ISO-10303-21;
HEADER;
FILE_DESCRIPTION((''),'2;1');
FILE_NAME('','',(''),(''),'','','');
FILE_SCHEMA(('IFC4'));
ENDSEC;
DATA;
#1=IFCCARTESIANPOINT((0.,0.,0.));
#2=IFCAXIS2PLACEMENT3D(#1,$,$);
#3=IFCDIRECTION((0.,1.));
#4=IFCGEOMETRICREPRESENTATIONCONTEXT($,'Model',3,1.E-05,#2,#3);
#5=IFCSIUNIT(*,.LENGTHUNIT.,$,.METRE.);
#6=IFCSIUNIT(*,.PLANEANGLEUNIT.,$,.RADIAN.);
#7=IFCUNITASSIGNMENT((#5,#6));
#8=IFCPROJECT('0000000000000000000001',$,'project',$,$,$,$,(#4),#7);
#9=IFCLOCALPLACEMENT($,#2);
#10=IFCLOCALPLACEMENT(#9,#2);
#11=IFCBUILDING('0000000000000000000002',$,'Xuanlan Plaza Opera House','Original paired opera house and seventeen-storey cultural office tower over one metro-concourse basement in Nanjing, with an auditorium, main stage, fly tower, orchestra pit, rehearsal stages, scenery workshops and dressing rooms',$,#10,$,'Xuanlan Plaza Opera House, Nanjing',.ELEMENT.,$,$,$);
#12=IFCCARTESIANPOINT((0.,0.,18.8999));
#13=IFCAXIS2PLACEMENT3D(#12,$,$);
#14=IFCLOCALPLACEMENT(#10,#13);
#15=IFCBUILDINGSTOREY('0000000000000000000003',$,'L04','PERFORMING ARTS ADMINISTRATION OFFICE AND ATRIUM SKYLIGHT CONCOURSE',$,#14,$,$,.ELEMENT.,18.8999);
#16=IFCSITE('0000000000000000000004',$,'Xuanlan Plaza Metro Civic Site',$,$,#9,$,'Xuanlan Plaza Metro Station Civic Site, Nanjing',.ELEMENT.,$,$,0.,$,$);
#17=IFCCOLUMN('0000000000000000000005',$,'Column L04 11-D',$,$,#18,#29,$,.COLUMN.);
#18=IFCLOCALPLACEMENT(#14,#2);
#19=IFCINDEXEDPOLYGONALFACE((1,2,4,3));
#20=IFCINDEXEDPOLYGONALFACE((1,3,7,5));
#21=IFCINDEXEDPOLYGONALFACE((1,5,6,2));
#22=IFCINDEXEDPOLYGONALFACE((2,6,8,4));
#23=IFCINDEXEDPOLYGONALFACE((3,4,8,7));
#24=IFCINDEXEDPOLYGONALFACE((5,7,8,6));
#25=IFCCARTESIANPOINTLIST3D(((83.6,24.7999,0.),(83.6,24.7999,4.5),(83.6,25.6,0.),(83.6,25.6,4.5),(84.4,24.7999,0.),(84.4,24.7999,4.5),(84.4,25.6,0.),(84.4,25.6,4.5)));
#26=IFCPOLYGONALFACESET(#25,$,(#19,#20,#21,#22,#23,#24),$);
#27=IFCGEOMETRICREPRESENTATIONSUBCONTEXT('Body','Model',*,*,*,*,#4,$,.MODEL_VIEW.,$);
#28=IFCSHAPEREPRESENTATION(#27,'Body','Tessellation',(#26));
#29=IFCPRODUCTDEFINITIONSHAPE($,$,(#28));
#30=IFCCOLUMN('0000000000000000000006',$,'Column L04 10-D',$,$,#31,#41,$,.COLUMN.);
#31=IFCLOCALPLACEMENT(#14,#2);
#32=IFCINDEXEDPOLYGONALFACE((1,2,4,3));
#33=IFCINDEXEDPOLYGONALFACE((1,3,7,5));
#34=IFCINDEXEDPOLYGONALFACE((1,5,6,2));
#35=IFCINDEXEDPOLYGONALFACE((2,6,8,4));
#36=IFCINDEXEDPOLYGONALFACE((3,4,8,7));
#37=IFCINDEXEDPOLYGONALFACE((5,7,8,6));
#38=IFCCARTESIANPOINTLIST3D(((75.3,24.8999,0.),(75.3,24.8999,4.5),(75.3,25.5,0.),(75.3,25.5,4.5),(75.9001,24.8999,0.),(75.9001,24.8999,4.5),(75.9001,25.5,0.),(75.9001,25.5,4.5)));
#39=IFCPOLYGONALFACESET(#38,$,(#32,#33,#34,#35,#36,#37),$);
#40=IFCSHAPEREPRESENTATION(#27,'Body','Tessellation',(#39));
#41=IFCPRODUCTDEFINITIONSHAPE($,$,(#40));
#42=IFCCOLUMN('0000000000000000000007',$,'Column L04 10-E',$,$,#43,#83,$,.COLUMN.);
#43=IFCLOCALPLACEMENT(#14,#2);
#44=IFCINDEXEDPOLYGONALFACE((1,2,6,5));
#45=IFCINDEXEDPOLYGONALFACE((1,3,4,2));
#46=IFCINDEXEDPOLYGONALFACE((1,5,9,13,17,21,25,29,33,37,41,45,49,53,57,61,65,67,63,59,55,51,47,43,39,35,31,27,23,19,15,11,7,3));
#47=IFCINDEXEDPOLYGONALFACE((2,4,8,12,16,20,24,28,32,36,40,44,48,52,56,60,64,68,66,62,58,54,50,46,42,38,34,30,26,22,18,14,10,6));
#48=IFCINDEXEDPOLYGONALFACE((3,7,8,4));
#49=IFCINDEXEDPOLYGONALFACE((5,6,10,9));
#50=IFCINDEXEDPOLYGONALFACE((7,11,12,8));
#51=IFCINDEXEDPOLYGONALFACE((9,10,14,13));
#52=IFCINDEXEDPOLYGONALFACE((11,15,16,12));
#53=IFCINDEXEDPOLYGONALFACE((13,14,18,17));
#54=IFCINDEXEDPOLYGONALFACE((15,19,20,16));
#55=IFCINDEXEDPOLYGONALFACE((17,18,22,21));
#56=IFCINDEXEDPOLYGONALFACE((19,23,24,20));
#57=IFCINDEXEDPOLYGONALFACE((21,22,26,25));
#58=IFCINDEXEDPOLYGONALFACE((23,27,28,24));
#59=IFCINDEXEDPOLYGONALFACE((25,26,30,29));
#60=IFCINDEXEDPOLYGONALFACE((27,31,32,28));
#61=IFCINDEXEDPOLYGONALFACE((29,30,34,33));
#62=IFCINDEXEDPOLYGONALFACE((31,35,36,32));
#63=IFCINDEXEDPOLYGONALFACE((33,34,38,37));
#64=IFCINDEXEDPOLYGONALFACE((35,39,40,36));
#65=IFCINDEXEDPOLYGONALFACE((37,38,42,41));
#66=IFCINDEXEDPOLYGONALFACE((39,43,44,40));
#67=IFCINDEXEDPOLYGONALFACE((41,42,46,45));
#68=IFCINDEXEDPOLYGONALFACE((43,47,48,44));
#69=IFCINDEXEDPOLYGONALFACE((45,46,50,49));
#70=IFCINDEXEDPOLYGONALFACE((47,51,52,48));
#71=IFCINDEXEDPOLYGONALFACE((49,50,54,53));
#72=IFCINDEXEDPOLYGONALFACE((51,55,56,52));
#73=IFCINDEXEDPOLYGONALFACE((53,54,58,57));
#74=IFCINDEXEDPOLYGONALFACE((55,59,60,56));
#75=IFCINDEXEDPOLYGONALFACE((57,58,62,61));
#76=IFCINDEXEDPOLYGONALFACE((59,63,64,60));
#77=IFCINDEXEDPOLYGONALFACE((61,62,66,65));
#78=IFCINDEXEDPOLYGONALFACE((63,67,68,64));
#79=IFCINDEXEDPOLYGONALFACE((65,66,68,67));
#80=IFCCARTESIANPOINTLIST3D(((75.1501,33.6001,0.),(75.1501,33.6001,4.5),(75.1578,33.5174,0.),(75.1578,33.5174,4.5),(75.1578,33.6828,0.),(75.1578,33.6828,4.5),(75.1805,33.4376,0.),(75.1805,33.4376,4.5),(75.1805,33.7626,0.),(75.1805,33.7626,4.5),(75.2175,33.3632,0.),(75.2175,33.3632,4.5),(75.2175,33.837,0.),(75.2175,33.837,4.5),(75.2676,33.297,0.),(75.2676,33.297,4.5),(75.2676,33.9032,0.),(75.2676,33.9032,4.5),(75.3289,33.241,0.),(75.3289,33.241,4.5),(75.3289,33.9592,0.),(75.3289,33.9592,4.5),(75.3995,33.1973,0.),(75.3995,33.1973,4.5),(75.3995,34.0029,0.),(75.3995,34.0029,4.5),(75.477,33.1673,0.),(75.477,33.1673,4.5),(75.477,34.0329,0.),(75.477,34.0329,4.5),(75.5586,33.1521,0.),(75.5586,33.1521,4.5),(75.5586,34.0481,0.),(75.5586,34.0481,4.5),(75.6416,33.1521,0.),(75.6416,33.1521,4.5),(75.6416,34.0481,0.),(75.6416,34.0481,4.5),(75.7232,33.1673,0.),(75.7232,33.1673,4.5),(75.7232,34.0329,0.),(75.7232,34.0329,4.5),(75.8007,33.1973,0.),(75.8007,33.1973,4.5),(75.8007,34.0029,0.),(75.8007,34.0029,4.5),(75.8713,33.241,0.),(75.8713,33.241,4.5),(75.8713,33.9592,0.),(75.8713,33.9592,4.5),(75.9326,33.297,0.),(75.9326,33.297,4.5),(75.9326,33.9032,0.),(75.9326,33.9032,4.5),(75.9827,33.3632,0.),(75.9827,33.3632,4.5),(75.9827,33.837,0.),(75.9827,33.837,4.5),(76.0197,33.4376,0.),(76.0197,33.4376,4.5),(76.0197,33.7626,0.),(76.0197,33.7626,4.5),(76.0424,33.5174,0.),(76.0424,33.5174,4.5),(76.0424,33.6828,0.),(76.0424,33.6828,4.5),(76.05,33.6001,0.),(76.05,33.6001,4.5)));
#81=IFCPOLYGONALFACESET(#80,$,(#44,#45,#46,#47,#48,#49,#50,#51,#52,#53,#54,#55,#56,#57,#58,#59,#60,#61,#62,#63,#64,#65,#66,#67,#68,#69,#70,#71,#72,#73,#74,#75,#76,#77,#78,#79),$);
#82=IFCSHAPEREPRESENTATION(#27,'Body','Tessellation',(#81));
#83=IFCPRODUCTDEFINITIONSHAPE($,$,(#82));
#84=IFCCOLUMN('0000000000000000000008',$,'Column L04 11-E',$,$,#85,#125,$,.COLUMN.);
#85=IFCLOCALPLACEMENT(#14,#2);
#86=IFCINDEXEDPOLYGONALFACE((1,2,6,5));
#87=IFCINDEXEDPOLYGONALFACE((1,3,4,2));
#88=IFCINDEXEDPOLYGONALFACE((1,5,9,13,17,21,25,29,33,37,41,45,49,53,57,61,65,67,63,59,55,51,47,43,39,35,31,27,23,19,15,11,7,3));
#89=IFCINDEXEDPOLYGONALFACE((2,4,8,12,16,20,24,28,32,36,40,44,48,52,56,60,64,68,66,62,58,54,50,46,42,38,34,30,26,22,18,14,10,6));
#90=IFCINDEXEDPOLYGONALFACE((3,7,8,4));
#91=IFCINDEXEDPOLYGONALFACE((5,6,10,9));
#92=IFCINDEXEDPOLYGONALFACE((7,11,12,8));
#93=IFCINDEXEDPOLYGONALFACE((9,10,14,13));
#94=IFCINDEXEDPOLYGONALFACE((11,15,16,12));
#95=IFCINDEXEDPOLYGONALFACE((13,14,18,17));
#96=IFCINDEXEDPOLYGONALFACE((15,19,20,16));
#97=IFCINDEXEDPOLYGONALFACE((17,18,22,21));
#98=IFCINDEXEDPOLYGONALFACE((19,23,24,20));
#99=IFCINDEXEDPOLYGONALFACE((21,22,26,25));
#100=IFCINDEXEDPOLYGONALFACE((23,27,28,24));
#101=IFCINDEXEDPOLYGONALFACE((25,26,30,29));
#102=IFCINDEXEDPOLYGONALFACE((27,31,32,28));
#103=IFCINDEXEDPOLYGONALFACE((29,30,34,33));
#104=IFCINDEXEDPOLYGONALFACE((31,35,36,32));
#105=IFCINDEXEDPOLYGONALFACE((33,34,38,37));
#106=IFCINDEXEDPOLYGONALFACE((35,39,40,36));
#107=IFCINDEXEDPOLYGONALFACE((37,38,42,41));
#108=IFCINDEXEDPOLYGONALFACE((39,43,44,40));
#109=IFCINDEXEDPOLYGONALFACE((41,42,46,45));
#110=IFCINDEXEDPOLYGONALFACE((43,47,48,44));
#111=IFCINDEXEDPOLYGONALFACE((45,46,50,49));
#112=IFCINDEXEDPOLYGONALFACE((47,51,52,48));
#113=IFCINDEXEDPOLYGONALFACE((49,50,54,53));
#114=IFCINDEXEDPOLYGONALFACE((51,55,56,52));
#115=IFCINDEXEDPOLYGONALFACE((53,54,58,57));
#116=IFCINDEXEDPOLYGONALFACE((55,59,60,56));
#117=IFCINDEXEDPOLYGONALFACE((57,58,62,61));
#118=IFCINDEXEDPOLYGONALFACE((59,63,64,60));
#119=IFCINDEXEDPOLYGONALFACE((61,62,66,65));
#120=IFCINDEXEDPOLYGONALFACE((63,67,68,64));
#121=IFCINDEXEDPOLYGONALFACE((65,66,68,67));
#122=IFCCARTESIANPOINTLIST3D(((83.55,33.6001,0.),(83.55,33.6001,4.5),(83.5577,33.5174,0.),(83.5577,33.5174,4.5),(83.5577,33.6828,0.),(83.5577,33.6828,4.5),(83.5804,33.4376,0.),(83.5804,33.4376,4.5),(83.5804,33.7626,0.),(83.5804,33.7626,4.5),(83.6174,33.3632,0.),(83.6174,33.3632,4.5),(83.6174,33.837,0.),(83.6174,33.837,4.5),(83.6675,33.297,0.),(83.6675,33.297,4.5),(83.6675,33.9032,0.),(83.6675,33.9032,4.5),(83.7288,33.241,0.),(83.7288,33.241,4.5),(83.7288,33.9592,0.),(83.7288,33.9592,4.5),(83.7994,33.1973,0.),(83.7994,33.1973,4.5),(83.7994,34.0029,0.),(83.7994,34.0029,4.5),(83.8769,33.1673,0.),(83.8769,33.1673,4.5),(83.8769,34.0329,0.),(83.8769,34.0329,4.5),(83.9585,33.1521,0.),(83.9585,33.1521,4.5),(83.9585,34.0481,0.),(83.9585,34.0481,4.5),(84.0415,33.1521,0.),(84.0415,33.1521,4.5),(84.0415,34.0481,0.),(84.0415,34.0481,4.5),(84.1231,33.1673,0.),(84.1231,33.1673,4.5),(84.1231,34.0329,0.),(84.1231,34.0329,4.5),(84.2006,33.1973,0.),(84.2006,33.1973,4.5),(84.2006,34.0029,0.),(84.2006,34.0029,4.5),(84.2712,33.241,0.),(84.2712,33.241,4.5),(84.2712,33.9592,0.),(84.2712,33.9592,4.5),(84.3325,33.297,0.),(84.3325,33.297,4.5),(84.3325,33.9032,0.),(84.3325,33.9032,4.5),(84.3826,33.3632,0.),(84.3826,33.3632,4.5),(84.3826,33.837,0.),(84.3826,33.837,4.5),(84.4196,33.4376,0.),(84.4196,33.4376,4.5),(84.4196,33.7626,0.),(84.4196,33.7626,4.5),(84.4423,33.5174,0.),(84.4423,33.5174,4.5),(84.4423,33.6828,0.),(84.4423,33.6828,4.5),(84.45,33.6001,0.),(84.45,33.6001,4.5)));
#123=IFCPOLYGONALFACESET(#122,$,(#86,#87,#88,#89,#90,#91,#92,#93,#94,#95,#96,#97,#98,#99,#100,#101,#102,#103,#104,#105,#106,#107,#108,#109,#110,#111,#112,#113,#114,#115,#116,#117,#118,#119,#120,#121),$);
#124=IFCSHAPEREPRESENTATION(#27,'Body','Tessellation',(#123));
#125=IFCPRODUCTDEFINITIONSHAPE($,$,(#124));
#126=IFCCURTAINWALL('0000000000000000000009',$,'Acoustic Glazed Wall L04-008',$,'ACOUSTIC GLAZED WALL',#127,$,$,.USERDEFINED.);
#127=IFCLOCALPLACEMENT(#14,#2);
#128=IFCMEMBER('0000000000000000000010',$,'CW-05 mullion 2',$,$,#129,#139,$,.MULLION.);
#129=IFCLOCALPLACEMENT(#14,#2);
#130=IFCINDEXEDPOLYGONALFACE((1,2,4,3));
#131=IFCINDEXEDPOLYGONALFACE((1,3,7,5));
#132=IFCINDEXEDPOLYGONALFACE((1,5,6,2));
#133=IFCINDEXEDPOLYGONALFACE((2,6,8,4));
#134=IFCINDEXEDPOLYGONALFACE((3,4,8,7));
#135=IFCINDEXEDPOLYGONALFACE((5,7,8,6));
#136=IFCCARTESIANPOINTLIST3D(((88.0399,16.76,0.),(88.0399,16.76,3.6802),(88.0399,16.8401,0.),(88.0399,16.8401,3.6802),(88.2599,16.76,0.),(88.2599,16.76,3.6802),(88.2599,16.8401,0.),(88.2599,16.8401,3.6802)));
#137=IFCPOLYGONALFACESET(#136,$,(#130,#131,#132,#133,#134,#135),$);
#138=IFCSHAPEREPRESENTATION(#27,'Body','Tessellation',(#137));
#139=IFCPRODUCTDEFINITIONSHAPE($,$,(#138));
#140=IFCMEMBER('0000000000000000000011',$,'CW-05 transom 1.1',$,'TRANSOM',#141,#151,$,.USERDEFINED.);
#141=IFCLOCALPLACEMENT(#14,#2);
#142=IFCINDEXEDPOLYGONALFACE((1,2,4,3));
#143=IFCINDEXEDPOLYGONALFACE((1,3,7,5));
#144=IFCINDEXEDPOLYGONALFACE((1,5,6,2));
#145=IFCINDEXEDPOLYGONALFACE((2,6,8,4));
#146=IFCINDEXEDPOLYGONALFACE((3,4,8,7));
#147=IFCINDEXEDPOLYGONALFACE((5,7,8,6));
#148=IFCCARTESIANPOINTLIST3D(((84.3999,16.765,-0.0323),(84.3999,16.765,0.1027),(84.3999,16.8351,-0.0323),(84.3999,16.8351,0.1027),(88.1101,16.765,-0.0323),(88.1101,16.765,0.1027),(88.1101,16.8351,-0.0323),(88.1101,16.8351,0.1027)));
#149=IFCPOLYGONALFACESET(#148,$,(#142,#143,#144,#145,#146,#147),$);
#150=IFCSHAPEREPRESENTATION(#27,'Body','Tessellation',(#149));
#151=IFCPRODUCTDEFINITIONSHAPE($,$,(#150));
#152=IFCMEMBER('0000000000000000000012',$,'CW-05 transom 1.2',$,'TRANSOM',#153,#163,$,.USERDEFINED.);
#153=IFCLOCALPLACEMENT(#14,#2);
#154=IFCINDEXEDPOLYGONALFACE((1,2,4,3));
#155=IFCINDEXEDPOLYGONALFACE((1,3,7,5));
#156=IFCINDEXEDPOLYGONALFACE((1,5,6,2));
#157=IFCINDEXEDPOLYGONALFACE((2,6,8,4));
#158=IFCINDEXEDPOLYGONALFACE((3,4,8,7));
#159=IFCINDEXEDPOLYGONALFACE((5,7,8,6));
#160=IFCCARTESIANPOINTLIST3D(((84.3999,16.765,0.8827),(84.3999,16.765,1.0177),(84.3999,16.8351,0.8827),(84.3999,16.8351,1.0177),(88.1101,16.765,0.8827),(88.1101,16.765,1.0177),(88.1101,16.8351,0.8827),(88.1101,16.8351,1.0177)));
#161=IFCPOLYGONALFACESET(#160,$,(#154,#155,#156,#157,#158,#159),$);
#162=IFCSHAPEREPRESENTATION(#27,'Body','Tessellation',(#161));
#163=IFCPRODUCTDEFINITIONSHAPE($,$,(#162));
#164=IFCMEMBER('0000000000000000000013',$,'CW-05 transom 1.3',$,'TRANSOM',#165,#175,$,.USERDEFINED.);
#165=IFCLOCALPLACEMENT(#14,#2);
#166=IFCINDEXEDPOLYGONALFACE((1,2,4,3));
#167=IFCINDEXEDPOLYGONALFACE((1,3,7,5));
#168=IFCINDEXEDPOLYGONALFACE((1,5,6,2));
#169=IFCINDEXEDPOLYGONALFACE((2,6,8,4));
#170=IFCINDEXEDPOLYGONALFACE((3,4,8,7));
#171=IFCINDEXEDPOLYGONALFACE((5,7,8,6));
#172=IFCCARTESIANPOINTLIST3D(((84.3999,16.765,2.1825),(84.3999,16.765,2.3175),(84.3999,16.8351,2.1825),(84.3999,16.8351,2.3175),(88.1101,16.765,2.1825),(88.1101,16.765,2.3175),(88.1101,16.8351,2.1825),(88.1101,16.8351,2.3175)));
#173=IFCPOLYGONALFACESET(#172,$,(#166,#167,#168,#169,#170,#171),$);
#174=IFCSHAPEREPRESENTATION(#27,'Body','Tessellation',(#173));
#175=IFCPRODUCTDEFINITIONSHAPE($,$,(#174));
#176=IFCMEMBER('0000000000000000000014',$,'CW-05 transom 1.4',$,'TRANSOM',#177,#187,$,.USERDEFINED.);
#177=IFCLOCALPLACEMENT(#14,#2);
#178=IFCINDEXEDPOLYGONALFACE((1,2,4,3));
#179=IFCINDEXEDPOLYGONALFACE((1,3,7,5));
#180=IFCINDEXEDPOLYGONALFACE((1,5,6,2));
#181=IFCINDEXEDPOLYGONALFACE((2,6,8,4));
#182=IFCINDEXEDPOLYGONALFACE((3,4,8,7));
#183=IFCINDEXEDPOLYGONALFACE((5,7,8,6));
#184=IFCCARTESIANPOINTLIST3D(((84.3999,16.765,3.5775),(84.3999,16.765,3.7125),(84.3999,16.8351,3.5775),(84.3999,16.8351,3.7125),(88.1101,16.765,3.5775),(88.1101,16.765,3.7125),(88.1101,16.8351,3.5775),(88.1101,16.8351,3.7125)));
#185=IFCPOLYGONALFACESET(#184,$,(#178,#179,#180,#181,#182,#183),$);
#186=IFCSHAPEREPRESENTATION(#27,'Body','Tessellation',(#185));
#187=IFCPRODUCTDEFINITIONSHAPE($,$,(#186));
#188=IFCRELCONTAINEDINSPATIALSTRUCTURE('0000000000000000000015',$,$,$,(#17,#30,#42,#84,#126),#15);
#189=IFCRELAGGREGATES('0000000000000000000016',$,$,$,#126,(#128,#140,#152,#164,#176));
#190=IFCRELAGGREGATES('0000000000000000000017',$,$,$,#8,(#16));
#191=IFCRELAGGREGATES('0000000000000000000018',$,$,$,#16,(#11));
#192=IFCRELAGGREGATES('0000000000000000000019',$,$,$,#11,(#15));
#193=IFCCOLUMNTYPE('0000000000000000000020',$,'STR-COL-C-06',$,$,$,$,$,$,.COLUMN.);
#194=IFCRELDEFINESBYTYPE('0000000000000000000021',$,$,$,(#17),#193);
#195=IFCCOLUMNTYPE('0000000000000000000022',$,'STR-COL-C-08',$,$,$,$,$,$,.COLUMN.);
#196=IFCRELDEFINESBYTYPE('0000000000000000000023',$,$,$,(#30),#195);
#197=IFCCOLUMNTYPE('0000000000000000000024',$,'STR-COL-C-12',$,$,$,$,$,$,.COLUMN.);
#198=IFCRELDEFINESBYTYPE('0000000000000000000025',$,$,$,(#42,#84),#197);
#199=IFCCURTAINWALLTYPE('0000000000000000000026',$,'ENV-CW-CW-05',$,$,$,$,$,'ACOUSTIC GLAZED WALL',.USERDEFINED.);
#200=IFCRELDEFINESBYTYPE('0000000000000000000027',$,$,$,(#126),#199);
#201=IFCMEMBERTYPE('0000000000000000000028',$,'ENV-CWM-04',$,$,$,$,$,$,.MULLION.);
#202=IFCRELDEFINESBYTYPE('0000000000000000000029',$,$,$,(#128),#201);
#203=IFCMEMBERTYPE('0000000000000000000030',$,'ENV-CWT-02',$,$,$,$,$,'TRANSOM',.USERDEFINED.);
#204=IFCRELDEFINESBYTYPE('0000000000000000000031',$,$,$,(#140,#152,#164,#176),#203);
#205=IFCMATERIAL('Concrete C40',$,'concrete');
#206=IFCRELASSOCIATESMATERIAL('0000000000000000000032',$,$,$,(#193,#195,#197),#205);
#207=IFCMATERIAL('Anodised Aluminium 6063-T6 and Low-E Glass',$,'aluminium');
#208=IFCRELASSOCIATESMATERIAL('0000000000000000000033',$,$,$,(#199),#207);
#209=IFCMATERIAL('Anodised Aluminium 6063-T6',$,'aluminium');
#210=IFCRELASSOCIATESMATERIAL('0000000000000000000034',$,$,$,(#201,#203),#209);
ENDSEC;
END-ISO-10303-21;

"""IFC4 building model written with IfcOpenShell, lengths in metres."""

from ifc_helpers import new_model, si_unit, direction, frame, origin, origin_2d, place, context, subcontext, project, spatial, rectangle, circle, extrude, material, material_profile, profile_set, type_object, element, aggregate, save


model = new_model("IFC4")

# Units and contexts
model_context = context("Model", 3, precision=1e-05, world=origin(), true_north=direction((0.0, 1.0)))
body_context = subcontext(model_context, "Body", "Model", "MODEL_VIEW")
ifc_project = project(units=[si_unit("LENGTHUNIT", "METRE"), si_unit("PLANEANGLEUNIT", "RADIAN")], contexts=[model_context])

# Site, building, storey
site_placement = place(None, origin())
site = spatial("IfcSite", under=ifc_project, at=site_placement, Name="Xuanlan Plaza Metro Civic Site", LongName="Xuanlan Plaza Metro Station Civic Site, Nanjing", CompositionType="ELEMENT", RefElevation=0.0)
building_placement = place(site_placement, origin())
building = spatial("IfcBuilding", under=site, at=building_placement, Name="Xuanlan Plaza Opera House", Description="Original paired opera house and seventeen-storey cultural office tower over one metro-concourse basement in Nanjing, with an auditorium, main stage, fly tower, orchestra pit, rehearsal stages, scenery workshops and dressing rooms", LongName="Xuanlan Plaza Opera House, Nanjing", CompositionType="ELEMENT")
storey_placement = place(building_placement, frame((0.0, 0.0, 18.8999)))
storey = spatial("IfcBuildingStorey", under=building, at=storey_placement, Name="L04", Description="PERFORMING ARTS ADMINISTRATION OFFICE AND ATRIUM SKYLIGHT CONCOURSE", CompositionType="ELEMENT", Elevation=18.8999)

# Columns
ifc_material_1 = material(Name="Concrete C40", Category="concrete")
ifc_material_profile_1 = material_profile(ifc_material_1, rectangle(XDim=0.8, YDim=0.8, at=origin_2d()), Name="RC-COL 800x800")
ifc_profile_set_1 = profile_set([ifc_material_profile_1], Name="Concrete C40")
column_type_1 = type_object("IfcColumnType", Name="STR-COL-C-06", PredefinedType="COLUMN", material=ifc_profile_set_1)
column_1_placement = place(storey_placement, frame((84.0, 25.2, 0.0), z_axis=(0.0, 0.0, 1.0), x_axis=(1.0, 0.0, 0.0)))
element("IfcColumn", 1, at=column_1_placement, inside=storey, type_object=column_type_1, Name="Column L04 11-D", PredefinedType="COLUMN", context=body_context, shape_type="SweptSolid", body=[
    extrude(rectangle(XDim=0.8, YDim=0.8, at=origin_2d()), origin(), (0.0, 0.0, 1.0), 4.5),
])
ifc_material_profile_2 = material_profile(ifc_material_1, rectangle(XDim=0.6001, YDim=0.6001, at=origin_2d()), Name="RC-COL 600x600")
ifc_profile_set_2 = profile_set([ifc_material_profile_2], Name="Concrete C40")
column_type_2 = type_object("IfcColumnType", Name="STR-COL-C-08", PredefinedType="COLUMN", material=ifc_profile_set_2)
column_2_placement = place(storey_placement, frame((75.6001, 25.2, 0.0), z_axis=(0.0, 0.0, 1.0), x_axis=(1.0, 0.0, 0.0)))
element("IfcColumn", 2, at=column_2_placement, inside=storey, type_object=column_type_2, Name="Column L04 10-D", PredefinedType="COLUMN", context=body_context, shape_type="SweptSolid", body=[
    extrude(rectangle(XDim=0.6001, YDim=0.6001, at=origin_2d()), origin(), (0.0, 0.0, 1.0), 4.5),
])
ifc_material_profile_3 = material_profile(ifc_material_1, circle(Radius=0.45, at=origin_2d()), Name="RC-COL D900")
ifc_profile_set_3 = profile_set([ifc_material_profile_3], Name="Concrete C40")
column_type_3 = type_object("IfcColumnType", Name="STR-COL-C-12", PredefinedType="COLUMN", material=ifc_profile_set_3)
for number, where, z_axis, x_axis, name in (
    (3, (75.6001, 33.6001, 0.0), (0.0, 0.0, 1.0), (1.0, 0.0, 0.0), "Column L04 10-E"),
    (4, (84.0, 33.6001, 0.0), (0.0, 0.0, 1.0), (1.0, 0.0, 0.0), "Column L04 11-E"),
):
    element("IfcColumn", number, at=place(storey_placement, frame(where, z_axis=z_axis, x_axis=x_axis)), inside=storey, type_object=column_type_3, Name=name, PredefinedType="COLUMN", context=body_context, shape_type="SweptSolid", body=[
        extrude(circle(Radius=0.45, at=origin_2d()), origin(), (0.0, 0.0, 1.0), 4.5),
    ])

# Curtain wall, members
ifc_material_2 = material(Name="Anodised Aluminium 6063-T6 and Low-E Glass", Category="aluminium")
curtain_wall_type = type_object("IfcCurtainWallType", Name="ENV-CW-CW-05", ElementType="ACOUSTIC GLAZED WALL", PredefinedType="USERDEFINED", material=ifc_material_2)
curtain_wall_placement = place(storey_placement, origin())
curtain_wall = element("IfcCurtainWall", 5, at=curtain_wall_placement, inside=storey, type_object=curtain_wall_type, Name="Acoustic Glazed Wall L04-008", ObjectType="ACOUSTIC GLAZED WALL", PredefinedType="USERDEFINED")
ifc_material_3 = material(Name="Anodised Aluminium 6063-T6", Category="aluminium")
ifc_material_profile_4 = material_profile(ifc_material_3, rectangle(XDim=0.0801, YDim=0.22, at=origin_2d()), Name="ALU-M 80x220")
ifc_profile_set_4 = profile_set([ifc_material_profile_4], Name="Anodised Aluminium 6063-T6")
member_type_1 = type_object("IfcMemberType", Name="ENV-CWM-04", PredefinedType="MULLION", material=ifc_profile_set_4)
member_1_placement = place(storey_placement, frame((88.1499, 16.8, 0.0), z_axis=(0.0, 0.0, 1.0), x_axis=(0.0, 1.0, 0.0)))
member_1 = element("IfcMember", 6, at=member_1_placement, type_object=member_type_1, Name="CW-05 mullion 2", PredefinedType="MULLION", context=body_context, shape_type="SweptSolid", body=[
    extrude(rectangle(XDim=0.0801, YDim=0.22, at=origin_2d()), origin(), (0.0, 0.0, 1.0), 3.6802),
])
ifc_material_profile_5 = material_profile(ifc_material_3, rectangle(XDim=0.0701, YDim=0.135, at=origin_2d()), Name="ALU-T 70x135")
ifc_profile_set_5 = profile_set([ifc_material_profile_5], Name="Anodised Aluminium 6063-T6")
member_type_2 = type_object("IfcMemberType", Name="ENV-CWT-02", ElementType="TRANSOM", PredefinedType="USERDEFINED", material=ifc_profile_set_5)
member_2_placement = place(storey_placement, frame((84.3999, 16.8, 0.0352), z_axis=(1.0, 0.0, 0.0), x_axis=(0.0, 1.0, 0.0)))
member_2 = element("IfcMember", 7, at=member_2_placement, type_object=member_type_2, Name="CW-05 transom 1.1", ObjectType="TRANSOM", PredefinedType="USERDEFINED", context=body_context, shape_type="SweptSolid", body=[
    extrude(rectangle(XDim=0.0701, YDim=0.135, at=origin_2d()), origin(), (0.0, 0.0, 1.0), 3.7102),
])
member_3_placement = place(storey_placement, frame((84.3999, 16.8, 0.9502), z_axis=(1.0, 0.0, 0.0), x_axis=(0.0, 1.0, 0.0)))
member_3 = element("IfcMember", 8, at=member_3_placement, type_object=member_type_2, Name="CW-05 transom 1.2", ObjectType="TRANSOM", PredefinedType="USERDEFINED", context=body_context, shape_type="SweptSolid", body=[
    extrude(rectangle(XDim=0.0701, YDim=0.135, at=origin_2d()), origin(), (0.0, 0.0, 1.0), 3.7102),
])
member_4_placement = place(storey_placement, frame((84.3999, 16.8, 2.25), z_axis=(1.0, 0.0, 0.0), x_axis=(0.0, 1.0, 0.0)))
member_4 = element("IfcMember", 9, at=member_4_placement, type_object=member_type_2, Name="CW-05 transom 1.3", ObjectType="TRANSOM", PredefinedType="USERDEFINED", context=body_context, shape_type="SweptSolid", body=[
    extrude(rectangle(XDim=0.0701, YDim=0.135, at=origin_2d()), origin(), (0.0, 0.0, 1.0), 3.7102),
])
member_5_placement = place(storey_placement, frame((84.3999, 16.8, 3.645), z_axis=(1.0, 0.0, 0.0), x_axis=(0.0, 1.0, 0.0)))
member_5 = element("IfcMember", 10, at=member_5_placement, type_object=member_type_2, Name="CW-05 transom 1.4", ObjectType="TRANSOM", PredefinedType="USERDEFINED", context=body_context, shape_type="SweptSolid", body=[
    extrude(rectangle(XDim=0.0701, YDim=0.135, at=origin_2d()), origin(), (0.0, 0.0, 1.0), 3.7102),
])

aggregate(curtain_wall, [member_1, member_2, member_3, member_4, member_5])

save(model, "model.ifc")
